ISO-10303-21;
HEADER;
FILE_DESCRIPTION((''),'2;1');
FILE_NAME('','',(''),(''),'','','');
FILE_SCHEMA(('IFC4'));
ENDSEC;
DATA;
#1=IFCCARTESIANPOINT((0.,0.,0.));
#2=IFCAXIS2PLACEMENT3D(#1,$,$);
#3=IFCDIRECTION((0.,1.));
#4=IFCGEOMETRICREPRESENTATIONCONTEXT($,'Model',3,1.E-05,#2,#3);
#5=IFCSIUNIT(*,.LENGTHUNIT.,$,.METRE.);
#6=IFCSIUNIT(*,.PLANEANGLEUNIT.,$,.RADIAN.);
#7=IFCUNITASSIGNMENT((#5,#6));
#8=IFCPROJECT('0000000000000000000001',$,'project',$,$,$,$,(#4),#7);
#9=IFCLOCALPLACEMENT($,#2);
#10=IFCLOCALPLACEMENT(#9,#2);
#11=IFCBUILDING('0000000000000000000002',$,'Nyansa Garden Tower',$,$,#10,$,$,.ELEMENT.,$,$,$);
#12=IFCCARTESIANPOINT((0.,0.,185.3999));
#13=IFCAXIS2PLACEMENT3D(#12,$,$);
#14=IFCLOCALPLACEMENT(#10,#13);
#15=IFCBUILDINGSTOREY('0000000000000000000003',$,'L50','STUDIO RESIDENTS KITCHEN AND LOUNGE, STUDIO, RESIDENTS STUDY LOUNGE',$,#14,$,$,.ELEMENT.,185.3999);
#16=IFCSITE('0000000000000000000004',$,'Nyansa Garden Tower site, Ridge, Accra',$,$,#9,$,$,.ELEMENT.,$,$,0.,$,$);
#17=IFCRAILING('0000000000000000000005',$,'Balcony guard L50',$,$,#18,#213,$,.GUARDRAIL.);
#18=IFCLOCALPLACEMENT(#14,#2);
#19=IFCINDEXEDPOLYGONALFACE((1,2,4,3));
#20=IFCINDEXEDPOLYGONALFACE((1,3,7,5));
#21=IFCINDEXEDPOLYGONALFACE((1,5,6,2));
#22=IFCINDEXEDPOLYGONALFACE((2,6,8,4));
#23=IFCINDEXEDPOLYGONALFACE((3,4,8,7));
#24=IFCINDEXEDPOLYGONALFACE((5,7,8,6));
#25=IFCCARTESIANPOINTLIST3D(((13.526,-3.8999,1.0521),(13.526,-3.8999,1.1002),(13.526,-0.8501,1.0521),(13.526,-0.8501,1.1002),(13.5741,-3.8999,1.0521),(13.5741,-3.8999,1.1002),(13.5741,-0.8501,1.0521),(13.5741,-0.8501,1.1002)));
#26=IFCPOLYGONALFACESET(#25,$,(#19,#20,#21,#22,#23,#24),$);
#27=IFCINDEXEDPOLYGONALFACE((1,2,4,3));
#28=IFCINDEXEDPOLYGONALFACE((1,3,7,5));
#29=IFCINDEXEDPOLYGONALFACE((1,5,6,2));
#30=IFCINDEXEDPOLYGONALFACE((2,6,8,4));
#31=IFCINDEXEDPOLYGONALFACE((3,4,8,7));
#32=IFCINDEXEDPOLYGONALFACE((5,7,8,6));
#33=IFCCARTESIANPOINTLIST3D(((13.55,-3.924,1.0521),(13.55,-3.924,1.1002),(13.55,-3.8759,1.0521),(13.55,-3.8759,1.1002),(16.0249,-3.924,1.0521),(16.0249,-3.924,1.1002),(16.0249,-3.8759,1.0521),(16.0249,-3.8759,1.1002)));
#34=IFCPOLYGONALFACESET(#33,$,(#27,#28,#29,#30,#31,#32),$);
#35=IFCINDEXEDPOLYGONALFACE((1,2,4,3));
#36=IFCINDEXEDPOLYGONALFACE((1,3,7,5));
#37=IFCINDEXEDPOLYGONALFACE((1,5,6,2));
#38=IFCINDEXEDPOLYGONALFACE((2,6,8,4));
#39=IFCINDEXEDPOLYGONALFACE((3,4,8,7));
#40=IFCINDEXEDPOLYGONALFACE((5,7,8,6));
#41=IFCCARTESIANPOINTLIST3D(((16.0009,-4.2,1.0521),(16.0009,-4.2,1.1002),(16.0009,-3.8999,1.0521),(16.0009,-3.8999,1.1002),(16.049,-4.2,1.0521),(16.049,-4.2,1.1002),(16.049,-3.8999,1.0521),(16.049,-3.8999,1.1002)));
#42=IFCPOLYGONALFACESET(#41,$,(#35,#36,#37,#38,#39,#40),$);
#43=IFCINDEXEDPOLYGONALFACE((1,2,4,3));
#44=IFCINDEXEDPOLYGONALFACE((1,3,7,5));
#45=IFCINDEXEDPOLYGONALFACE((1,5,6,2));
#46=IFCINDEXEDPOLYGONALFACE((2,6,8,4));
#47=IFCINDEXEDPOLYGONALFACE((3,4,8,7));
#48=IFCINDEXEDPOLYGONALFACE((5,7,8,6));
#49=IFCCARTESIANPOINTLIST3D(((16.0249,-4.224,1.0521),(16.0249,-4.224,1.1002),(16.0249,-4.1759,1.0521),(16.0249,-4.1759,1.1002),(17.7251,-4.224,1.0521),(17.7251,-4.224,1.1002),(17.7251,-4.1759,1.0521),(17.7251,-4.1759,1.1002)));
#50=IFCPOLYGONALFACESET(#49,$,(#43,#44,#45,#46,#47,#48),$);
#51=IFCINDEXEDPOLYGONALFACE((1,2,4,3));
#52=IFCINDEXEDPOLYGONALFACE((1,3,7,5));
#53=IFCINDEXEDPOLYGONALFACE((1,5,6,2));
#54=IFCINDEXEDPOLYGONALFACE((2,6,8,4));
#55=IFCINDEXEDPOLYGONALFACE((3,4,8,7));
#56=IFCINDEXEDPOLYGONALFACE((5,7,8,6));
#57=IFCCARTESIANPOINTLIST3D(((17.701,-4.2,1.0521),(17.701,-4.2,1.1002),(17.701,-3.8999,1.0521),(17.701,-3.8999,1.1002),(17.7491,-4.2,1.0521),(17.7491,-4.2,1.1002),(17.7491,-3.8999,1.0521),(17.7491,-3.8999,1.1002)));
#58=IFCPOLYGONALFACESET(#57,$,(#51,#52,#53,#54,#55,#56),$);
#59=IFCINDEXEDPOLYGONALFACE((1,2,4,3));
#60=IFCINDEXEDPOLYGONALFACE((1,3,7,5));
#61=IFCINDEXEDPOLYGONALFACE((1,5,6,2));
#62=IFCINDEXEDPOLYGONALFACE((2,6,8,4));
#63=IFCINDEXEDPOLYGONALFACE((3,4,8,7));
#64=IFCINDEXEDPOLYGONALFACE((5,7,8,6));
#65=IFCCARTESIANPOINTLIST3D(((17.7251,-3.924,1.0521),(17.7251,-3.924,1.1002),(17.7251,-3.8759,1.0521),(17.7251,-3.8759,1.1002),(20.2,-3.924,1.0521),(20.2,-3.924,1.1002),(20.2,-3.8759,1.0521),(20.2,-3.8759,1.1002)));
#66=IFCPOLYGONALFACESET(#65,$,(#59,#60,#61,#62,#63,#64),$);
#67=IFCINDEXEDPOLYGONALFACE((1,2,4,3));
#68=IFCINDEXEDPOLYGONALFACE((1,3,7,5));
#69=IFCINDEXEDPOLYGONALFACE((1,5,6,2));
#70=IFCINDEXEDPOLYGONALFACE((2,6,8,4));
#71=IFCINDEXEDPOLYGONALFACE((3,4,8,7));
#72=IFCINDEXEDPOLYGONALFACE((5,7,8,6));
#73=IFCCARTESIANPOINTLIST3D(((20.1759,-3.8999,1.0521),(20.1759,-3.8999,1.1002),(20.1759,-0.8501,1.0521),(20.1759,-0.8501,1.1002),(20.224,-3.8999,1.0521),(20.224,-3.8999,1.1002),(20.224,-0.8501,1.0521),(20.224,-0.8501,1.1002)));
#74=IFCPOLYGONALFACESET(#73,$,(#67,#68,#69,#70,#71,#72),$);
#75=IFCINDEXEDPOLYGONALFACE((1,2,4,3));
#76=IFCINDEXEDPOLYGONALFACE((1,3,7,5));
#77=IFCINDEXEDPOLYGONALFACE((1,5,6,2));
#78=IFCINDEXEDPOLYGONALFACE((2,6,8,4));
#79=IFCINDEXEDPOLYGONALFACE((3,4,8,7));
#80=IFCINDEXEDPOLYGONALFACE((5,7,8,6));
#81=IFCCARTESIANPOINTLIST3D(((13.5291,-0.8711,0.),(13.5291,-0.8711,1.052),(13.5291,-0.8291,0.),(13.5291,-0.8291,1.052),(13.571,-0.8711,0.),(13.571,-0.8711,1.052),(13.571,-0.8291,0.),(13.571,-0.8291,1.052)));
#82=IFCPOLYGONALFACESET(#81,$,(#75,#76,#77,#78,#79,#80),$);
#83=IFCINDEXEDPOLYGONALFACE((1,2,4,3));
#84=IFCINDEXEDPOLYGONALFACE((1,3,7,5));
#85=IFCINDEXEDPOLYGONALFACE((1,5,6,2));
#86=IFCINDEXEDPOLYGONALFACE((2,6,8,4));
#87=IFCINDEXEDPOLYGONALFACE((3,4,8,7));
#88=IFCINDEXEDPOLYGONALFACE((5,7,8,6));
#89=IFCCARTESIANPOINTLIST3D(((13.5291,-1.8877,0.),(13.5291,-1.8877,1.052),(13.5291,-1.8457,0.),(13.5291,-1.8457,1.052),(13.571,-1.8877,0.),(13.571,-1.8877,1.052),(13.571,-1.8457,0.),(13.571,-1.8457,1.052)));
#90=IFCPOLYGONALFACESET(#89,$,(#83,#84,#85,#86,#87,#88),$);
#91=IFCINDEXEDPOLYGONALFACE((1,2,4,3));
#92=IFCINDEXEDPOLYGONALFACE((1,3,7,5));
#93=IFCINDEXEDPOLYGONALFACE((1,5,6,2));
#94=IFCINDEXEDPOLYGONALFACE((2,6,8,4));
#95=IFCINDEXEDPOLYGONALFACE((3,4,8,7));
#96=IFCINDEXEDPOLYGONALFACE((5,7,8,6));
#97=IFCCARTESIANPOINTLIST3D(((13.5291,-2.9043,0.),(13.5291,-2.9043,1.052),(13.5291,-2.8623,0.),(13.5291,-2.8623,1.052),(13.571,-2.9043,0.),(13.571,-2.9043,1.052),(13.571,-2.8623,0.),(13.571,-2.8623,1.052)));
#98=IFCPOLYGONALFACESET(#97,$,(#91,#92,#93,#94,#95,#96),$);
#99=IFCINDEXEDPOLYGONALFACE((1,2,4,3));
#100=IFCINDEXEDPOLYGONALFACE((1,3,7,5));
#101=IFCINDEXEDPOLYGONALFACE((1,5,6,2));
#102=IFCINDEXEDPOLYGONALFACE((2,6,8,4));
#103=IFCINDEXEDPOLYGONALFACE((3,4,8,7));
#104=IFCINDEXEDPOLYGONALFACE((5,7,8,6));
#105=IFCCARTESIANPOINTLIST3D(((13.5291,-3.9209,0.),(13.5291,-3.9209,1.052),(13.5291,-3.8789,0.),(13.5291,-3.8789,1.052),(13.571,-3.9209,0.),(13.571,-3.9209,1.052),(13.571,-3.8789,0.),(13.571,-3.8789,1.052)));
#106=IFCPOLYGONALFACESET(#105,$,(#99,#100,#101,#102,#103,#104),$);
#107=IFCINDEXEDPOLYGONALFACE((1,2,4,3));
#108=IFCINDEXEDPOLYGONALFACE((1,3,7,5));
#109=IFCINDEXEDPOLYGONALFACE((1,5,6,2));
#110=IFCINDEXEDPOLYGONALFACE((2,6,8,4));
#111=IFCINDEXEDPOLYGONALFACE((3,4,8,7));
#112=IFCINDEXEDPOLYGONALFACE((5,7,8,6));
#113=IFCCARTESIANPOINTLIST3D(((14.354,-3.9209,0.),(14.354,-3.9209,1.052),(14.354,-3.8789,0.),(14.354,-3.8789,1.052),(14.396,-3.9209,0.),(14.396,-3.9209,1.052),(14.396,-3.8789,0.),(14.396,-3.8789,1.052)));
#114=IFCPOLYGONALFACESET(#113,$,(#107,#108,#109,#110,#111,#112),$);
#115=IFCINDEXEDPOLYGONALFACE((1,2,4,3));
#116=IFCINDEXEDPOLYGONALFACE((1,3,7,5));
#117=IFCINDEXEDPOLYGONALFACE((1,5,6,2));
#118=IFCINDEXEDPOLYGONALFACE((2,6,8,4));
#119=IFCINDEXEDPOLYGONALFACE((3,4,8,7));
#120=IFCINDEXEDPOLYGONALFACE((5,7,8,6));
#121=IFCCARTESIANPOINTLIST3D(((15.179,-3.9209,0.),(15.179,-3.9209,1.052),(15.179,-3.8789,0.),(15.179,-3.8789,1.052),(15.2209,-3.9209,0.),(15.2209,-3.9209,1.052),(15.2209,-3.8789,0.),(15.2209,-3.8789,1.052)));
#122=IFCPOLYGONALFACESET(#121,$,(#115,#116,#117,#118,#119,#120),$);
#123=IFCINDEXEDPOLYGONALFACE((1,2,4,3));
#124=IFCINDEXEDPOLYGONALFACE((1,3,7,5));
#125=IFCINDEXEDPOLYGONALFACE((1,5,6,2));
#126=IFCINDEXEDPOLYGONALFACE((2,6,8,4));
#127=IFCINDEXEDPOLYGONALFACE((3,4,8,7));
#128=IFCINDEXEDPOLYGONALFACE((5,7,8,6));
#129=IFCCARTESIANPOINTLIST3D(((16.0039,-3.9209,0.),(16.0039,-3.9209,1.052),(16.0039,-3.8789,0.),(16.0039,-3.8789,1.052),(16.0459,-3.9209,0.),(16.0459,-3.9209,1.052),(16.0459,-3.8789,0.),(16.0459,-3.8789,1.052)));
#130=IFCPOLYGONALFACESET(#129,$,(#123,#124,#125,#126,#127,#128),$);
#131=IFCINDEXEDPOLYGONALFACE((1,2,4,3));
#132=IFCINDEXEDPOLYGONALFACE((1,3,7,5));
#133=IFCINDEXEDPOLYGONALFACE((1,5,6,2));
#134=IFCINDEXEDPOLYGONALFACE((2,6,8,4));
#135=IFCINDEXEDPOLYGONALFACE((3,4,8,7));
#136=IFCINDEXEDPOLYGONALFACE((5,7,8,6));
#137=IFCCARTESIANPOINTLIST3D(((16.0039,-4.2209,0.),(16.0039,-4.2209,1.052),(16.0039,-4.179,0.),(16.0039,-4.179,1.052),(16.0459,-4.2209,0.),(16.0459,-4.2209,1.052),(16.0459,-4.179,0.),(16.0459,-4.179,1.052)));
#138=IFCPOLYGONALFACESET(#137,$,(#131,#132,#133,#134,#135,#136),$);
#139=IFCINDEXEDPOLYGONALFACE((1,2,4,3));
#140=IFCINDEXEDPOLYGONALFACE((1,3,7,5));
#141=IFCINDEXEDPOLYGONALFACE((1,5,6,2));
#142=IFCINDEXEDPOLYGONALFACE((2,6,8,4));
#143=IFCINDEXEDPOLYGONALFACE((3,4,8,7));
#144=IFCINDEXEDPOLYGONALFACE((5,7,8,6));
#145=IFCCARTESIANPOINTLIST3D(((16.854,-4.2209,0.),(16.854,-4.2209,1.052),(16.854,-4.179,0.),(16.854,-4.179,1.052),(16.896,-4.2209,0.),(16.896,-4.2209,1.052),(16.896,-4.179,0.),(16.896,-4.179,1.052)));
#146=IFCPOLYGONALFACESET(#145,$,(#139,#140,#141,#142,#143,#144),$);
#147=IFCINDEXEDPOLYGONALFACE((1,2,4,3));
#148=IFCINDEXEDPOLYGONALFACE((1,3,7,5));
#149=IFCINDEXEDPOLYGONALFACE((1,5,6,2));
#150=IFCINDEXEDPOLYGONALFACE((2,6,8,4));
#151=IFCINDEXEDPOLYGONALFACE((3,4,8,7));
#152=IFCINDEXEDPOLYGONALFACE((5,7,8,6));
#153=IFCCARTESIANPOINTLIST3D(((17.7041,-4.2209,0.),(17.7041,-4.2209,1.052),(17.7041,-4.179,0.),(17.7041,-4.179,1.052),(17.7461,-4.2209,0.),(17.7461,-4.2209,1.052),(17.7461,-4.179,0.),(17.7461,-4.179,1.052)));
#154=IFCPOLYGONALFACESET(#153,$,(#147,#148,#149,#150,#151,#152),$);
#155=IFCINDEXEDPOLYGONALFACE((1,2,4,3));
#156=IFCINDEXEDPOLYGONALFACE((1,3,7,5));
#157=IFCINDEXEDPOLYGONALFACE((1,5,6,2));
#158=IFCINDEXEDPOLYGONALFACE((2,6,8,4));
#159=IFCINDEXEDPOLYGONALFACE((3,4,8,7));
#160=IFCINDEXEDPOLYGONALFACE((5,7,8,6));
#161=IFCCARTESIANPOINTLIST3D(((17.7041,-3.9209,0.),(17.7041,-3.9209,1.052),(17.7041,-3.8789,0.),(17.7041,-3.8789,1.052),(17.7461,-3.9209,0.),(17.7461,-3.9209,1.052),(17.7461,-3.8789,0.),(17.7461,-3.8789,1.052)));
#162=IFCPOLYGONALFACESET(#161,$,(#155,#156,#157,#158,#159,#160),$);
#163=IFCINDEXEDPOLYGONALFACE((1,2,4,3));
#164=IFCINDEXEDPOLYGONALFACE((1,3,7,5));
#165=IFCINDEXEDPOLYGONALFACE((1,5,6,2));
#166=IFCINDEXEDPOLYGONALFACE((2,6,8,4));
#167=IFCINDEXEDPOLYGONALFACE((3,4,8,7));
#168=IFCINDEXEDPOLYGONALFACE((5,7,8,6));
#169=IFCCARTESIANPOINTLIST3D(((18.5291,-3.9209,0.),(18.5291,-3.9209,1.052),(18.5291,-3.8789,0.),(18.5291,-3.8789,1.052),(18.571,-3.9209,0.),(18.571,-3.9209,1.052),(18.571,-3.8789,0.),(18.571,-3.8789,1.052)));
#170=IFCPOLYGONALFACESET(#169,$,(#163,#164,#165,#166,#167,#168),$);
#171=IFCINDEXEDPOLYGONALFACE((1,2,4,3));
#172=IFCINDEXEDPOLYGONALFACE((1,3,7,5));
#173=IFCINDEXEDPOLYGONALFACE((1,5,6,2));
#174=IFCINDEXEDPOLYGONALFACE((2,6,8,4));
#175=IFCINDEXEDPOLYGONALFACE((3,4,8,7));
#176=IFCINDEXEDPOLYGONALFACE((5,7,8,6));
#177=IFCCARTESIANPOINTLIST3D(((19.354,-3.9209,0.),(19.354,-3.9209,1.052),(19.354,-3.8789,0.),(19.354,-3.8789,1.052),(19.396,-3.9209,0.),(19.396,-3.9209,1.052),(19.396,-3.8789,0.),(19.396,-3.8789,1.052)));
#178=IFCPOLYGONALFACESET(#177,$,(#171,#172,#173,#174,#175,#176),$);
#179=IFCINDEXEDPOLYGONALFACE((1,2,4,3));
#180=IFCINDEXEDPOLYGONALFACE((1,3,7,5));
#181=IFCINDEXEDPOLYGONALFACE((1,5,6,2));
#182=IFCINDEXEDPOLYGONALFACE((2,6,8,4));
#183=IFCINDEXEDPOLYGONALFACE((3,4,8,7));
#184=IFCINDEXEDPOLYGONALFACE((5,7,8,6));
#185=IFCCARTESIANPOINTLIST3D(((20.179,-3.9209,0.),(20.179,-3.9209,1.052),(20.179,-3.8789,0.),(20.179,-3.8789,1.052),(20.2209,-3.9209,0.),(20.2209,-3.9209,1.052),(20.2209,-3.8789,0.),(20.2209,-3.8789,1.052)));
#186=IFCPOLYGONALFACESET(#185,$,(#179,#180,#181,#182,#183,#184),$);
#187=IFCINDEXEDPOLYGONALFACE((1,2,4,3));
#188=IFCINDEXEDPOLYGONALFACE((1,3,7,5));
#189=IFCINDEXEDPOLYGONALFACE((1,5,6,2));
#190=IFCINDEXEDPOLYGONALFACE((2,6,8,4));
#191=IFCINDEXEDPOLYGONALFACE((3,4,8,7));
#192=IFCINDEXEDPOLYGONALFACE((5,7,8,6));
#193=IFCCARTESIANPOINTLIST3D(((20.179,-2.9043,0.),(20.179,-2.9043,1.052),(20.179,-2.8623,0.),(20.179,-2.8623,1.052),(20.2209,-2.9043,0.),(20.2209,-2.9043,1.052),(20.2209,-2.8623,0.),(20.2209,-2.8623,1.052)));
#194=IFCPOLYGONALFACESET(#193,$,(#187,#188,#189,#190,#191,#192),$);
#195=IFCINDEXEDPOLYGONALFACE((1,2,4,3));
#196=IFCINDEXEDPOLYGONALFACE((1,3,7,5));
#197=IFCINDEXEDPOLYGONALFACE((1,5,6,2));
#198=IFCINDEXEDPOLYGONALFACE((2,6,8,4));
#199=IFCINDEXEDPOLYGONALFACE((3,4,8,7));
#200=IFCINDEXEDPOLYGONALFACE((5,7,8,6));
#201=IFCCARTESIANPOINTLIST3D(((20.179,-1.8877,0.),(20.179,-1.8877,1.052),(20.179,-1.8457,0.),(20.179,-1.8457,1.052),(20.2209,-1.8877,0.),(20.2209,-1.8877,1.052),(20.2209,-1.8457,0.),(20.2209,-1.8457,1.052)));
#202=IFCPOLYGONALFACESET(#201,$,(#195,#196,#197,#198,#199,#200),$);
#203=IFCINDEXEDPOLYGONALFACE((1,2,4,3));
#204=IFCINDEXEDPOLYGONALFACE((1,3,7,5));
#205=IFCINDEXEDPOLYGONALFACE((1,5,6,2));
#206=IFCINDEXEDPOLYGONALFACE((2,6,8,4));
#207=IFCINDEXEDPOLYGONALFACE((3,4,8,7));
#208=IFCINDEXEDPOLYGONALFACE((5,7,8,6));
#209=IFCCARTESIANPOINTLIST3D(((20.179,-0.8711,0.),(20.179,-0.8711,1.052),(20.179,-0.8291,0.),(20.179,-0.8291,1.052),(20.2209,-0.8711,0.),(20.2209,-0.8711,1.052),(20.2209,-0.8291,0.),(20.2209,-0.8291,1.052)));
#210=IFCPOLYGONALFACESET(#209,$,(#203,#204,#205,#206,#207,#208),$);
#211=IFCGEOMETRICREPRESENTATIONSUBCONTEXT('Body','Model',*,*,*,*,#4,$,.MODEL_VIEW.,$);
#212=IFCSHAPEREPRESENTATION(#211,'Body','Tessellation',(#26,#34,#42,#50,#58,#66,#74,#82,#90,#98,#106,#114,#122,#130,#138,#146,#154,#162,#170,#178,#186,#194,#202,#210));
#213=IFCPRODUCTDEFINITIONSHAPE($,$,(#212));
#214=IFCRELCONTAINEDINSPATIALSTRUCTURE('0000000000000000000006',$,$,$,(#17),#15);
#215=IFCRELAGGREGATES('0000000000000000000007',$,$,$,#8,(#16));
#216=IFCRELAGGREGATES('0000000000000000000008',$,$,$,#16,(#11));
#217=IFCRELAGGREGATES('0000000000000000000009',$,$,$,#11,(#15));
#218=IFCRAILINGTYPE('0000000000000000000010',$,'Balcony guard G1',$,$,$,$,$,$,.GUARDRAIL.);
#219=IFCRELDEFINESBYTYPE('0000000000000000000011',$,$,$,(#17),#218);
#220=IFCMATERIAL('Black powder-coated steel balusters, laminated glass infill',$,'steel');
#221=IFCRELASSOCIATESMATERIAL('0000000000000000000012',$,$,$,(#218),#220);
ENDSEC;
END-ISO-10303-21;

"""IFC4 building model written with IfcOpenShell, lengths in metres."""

from ifc_helpers import new_model, si_unit, direction, frame, origin, origin_2d, place, context, subcontext, project, spatial, rectangle, extrude, material, type_object, element, save


model = new_model("IFC4")

# Units and contexts
model_context = context("Model", 3, precision=1e-05, world=origin(), true_north=direction((0.0, 1.0)))
body_context = subcontext(model_context, "Body", "Model", "MODEL_VIEW")
ifc_project = project(units=[si_unit("LENGTHUNIT", "METRE"), si_unit("PLANEANGLEUNIT", "RADIAN")], contexts=[model_context])

# Site, building, storey
site_placement = place(None, origin())
site = spatial("IfcSite", under=ifc_project, at=site_placement, Name="Nyansa Garden Tower site, Ridge, Accra", CompositionType="ELEMENT", RefElevation=0.0)
building_placement = place(site_placement, origin())
building = spatial("IfcBuilding", under=site, at=building_placement, Name="Nyansa Garden Tower", CompositionType="ELEMENT")
storey_placement = place(building_placement, frame((0.0, 0.0, 185.3999)))
storey = spatial("IfcBuildingStorey", under=building, at=storey_placement, Name="L50", Description="STUDIO RESIDENTS KITCHEN AND LOUNGE, STUDIO, RESIDENTS STUDY LOUNGE", CompositionType="ELEMENT", Elevation=185.3999)

# Railing
ifc_material_1 = material(Name="Black powder-coated steel balusters, laminated glass infill", Category="steel")
railing_type = type_object("IfcRailingType", Name="Balcony guard G1", PredefinedType="GUARDRAIL", material=ifc_material_1)
railing_placement = place(storey_placement, frame((13.55, -0.8501, 0.0)))
element("IfcRailing", 1, at=railing_placement, inside=storey, type_object=railing_type, Name="Balcony guard L50", PredefinedType="GUARDRAIL", context=body_context, shape_type="SweptSolid", body=[
    extrude(rectangle(XDim=0.0481, YDim=0.0481, at=origin_2d()), frame((0.0, 0.0, 1.0762), z_axis=(0.0, -1.0, 0.0), x_axis=(1.0, 0.0, 0.0)), (0.0, 0.0, 1.0), 3.0498),
    extrude(rectangle(XDim=0.0481, YDim=0.0481, at=origin_2d()), frame((0.0, -3.0498, 1.0762), z_axis=(1.0, 0.0, 0.0), x_axis=(0.0, 1.0, 0.0)), (0.0, 0.0, 1.0), 2.4749),
    extrude(rectangle(XDim=0.0481, YDim=0.0481, at=origin_2d()), frame((2.4749, -3.0498, 1.0762), z_axis=(0.0, -1.0, 0.0), x_axis=(1.0, 0.0, 0.0)), (0.0, 0.0, 1.0), 0.3),
    extrude(rectangle(XDim=0.0481, YDim=0.0481, at=origin_2d()), frame((2.4749, -3.3499, 1.0762), z_axis=(1.0, 0.0, 0.0), x_axis=(0.0, 1.0, 0.0)), (0.0, 0.0, 1.0), 1.7002),
    extrude(rectangle(XDim=0.0481, YDim=0.0481, at=origin_2d()), frame((4.175, -3.3499, 1.0762), z_axis=(0.0, 1.0, 0.0), x_axis=(-1.0, 0.0, 0.0)), (0.0, 0.0, 1.0), 0.3),
    extrude(rectangle(XDim=0.0481, YDim=0.0481, at=origin_2d()), frame((4.175, -3.0498, 1.0762), z_axis=(1.0, 0.0, 0.0), x_axis=(0.0, 1.0, 0.0)), (0.0, 0.0, 1.0), 2.4749),
    extrude(rectangle(XDim=0.0481, YDim=0.0481, at=origin_2d()), frame((6.6499, -3.0498, 1.0762), z_axis=(0.0, 1.0, 0.0), x_axis=(-1.0, 0.0, 0.0)), (0.0, 0.0, 1.0), 3.0498),
    extrude(rectangle(XDim=0.042, YDim=0.042, at=origin_2d()), origin(), (0.0, 0.0, 1.0), 1.052),
    extrude(rectangle(XDim=0.042, YDim=0.042, at=origin_2d()), frame((0.0, -1.0166, 0.0)), (0.0, 0.0, 1.0), 1.052),
    extrude(rectangle(XDim=0.042, YDim=0.042, at=origin_2d()), frame((0.0, -2.0332, 0.0)), (0.0, 0.0, 1.0), 1.052),
    extrude(rectangle(XDim=0.042, YDim=0.042, at=origin_2d()), frame((0.0, -3.0498, 0.0)), (0.0, 0.0, 1.0), 1.052),
    extrude(rectangle(XDim=0.042, YDim=0.042, at=origin_2d()), frame((0.825, -3.0498, 0.0)), (0.0, 0.0, 1.0), 1.052),
    extrude(rectangle(XDim=0.042, YDim=0.042, at=origin_2d()), frame((1.6499, -3.0498, 0.0)), (0.0, 0.0, 1.0), 1.052),
    extrude(rectangle(XDim=0.042, YDim=0.042, at=origin_2d()), frame((2.4749, -3.0498, 0.0)), (0.0, 0.0, 1.0), 1.052),
    extrude(rectangle(XDim=0.042, YDim=0.042, at=origin_2d()), frame((2.4749, -3.3499, 0.0)), (0.0, 0.0, 1.0), 1.052),
    extrude(rectangle(XDim=0.042, YDim=0.042, at=origin_2d()), frame((3.325, -3.3499, 0.0)), (0.0, 0.0, 1.0), 1.052),
    extrude(rectangle(XDim=0.042, YDim=0.042, at=origin_2d()), frame((4.175, -3.3499, 0.0)), (0.0, 0.0, 1.0), 1.052),
    extrude(rectangle(XDim=0.042, YDim=0.042, at=origin_2d()), frame((4.175, -3.0498, 0.0)), (0.0, 0.0, 1.0), 1.052),
    extrude(rectangle(XDim=0.042, YDim=0.042, at=origin_2d()), frame((5.0, -3.0498, 0.0)), (0.0, 0.0, 1.0), 1.052),
    extrude(rectangle(XDim=0.042, YDim=0.042, at=origin_2d()), frame((5.825, -3.0498, 0.0)), (0.0, 0.0, 1.0), 1.052),
    extrude(rectangle(XDim=0.042, YDim=0.042, at=origin_2d()), frame((6.6499, -3.0498, 0.0)), (0.0, 0.0, 1.0), 1.052),
    extrude(rectangle(XDim=0.042, YDim=0.042, at=origin_2d()), frame((6.6499, -2.0332, 0.0)), (0.0, 0.0, 1.0), 1.052),
    extrude(rectangle(XDim=0.042, YDim=0.042, at=origin_2d()), frame((6.6499, -1.0166, 0.0)), (0.0, 0.0, 1.0), 1.052),
    extrude(rectangle(XDim=0.042, YDim=0.042, at=origin_2d()), frame((6.6499, 0.0, 0.0)), (0.0, 0.0, 1.0), 1.052),
])

save(model, "model.ifc")
